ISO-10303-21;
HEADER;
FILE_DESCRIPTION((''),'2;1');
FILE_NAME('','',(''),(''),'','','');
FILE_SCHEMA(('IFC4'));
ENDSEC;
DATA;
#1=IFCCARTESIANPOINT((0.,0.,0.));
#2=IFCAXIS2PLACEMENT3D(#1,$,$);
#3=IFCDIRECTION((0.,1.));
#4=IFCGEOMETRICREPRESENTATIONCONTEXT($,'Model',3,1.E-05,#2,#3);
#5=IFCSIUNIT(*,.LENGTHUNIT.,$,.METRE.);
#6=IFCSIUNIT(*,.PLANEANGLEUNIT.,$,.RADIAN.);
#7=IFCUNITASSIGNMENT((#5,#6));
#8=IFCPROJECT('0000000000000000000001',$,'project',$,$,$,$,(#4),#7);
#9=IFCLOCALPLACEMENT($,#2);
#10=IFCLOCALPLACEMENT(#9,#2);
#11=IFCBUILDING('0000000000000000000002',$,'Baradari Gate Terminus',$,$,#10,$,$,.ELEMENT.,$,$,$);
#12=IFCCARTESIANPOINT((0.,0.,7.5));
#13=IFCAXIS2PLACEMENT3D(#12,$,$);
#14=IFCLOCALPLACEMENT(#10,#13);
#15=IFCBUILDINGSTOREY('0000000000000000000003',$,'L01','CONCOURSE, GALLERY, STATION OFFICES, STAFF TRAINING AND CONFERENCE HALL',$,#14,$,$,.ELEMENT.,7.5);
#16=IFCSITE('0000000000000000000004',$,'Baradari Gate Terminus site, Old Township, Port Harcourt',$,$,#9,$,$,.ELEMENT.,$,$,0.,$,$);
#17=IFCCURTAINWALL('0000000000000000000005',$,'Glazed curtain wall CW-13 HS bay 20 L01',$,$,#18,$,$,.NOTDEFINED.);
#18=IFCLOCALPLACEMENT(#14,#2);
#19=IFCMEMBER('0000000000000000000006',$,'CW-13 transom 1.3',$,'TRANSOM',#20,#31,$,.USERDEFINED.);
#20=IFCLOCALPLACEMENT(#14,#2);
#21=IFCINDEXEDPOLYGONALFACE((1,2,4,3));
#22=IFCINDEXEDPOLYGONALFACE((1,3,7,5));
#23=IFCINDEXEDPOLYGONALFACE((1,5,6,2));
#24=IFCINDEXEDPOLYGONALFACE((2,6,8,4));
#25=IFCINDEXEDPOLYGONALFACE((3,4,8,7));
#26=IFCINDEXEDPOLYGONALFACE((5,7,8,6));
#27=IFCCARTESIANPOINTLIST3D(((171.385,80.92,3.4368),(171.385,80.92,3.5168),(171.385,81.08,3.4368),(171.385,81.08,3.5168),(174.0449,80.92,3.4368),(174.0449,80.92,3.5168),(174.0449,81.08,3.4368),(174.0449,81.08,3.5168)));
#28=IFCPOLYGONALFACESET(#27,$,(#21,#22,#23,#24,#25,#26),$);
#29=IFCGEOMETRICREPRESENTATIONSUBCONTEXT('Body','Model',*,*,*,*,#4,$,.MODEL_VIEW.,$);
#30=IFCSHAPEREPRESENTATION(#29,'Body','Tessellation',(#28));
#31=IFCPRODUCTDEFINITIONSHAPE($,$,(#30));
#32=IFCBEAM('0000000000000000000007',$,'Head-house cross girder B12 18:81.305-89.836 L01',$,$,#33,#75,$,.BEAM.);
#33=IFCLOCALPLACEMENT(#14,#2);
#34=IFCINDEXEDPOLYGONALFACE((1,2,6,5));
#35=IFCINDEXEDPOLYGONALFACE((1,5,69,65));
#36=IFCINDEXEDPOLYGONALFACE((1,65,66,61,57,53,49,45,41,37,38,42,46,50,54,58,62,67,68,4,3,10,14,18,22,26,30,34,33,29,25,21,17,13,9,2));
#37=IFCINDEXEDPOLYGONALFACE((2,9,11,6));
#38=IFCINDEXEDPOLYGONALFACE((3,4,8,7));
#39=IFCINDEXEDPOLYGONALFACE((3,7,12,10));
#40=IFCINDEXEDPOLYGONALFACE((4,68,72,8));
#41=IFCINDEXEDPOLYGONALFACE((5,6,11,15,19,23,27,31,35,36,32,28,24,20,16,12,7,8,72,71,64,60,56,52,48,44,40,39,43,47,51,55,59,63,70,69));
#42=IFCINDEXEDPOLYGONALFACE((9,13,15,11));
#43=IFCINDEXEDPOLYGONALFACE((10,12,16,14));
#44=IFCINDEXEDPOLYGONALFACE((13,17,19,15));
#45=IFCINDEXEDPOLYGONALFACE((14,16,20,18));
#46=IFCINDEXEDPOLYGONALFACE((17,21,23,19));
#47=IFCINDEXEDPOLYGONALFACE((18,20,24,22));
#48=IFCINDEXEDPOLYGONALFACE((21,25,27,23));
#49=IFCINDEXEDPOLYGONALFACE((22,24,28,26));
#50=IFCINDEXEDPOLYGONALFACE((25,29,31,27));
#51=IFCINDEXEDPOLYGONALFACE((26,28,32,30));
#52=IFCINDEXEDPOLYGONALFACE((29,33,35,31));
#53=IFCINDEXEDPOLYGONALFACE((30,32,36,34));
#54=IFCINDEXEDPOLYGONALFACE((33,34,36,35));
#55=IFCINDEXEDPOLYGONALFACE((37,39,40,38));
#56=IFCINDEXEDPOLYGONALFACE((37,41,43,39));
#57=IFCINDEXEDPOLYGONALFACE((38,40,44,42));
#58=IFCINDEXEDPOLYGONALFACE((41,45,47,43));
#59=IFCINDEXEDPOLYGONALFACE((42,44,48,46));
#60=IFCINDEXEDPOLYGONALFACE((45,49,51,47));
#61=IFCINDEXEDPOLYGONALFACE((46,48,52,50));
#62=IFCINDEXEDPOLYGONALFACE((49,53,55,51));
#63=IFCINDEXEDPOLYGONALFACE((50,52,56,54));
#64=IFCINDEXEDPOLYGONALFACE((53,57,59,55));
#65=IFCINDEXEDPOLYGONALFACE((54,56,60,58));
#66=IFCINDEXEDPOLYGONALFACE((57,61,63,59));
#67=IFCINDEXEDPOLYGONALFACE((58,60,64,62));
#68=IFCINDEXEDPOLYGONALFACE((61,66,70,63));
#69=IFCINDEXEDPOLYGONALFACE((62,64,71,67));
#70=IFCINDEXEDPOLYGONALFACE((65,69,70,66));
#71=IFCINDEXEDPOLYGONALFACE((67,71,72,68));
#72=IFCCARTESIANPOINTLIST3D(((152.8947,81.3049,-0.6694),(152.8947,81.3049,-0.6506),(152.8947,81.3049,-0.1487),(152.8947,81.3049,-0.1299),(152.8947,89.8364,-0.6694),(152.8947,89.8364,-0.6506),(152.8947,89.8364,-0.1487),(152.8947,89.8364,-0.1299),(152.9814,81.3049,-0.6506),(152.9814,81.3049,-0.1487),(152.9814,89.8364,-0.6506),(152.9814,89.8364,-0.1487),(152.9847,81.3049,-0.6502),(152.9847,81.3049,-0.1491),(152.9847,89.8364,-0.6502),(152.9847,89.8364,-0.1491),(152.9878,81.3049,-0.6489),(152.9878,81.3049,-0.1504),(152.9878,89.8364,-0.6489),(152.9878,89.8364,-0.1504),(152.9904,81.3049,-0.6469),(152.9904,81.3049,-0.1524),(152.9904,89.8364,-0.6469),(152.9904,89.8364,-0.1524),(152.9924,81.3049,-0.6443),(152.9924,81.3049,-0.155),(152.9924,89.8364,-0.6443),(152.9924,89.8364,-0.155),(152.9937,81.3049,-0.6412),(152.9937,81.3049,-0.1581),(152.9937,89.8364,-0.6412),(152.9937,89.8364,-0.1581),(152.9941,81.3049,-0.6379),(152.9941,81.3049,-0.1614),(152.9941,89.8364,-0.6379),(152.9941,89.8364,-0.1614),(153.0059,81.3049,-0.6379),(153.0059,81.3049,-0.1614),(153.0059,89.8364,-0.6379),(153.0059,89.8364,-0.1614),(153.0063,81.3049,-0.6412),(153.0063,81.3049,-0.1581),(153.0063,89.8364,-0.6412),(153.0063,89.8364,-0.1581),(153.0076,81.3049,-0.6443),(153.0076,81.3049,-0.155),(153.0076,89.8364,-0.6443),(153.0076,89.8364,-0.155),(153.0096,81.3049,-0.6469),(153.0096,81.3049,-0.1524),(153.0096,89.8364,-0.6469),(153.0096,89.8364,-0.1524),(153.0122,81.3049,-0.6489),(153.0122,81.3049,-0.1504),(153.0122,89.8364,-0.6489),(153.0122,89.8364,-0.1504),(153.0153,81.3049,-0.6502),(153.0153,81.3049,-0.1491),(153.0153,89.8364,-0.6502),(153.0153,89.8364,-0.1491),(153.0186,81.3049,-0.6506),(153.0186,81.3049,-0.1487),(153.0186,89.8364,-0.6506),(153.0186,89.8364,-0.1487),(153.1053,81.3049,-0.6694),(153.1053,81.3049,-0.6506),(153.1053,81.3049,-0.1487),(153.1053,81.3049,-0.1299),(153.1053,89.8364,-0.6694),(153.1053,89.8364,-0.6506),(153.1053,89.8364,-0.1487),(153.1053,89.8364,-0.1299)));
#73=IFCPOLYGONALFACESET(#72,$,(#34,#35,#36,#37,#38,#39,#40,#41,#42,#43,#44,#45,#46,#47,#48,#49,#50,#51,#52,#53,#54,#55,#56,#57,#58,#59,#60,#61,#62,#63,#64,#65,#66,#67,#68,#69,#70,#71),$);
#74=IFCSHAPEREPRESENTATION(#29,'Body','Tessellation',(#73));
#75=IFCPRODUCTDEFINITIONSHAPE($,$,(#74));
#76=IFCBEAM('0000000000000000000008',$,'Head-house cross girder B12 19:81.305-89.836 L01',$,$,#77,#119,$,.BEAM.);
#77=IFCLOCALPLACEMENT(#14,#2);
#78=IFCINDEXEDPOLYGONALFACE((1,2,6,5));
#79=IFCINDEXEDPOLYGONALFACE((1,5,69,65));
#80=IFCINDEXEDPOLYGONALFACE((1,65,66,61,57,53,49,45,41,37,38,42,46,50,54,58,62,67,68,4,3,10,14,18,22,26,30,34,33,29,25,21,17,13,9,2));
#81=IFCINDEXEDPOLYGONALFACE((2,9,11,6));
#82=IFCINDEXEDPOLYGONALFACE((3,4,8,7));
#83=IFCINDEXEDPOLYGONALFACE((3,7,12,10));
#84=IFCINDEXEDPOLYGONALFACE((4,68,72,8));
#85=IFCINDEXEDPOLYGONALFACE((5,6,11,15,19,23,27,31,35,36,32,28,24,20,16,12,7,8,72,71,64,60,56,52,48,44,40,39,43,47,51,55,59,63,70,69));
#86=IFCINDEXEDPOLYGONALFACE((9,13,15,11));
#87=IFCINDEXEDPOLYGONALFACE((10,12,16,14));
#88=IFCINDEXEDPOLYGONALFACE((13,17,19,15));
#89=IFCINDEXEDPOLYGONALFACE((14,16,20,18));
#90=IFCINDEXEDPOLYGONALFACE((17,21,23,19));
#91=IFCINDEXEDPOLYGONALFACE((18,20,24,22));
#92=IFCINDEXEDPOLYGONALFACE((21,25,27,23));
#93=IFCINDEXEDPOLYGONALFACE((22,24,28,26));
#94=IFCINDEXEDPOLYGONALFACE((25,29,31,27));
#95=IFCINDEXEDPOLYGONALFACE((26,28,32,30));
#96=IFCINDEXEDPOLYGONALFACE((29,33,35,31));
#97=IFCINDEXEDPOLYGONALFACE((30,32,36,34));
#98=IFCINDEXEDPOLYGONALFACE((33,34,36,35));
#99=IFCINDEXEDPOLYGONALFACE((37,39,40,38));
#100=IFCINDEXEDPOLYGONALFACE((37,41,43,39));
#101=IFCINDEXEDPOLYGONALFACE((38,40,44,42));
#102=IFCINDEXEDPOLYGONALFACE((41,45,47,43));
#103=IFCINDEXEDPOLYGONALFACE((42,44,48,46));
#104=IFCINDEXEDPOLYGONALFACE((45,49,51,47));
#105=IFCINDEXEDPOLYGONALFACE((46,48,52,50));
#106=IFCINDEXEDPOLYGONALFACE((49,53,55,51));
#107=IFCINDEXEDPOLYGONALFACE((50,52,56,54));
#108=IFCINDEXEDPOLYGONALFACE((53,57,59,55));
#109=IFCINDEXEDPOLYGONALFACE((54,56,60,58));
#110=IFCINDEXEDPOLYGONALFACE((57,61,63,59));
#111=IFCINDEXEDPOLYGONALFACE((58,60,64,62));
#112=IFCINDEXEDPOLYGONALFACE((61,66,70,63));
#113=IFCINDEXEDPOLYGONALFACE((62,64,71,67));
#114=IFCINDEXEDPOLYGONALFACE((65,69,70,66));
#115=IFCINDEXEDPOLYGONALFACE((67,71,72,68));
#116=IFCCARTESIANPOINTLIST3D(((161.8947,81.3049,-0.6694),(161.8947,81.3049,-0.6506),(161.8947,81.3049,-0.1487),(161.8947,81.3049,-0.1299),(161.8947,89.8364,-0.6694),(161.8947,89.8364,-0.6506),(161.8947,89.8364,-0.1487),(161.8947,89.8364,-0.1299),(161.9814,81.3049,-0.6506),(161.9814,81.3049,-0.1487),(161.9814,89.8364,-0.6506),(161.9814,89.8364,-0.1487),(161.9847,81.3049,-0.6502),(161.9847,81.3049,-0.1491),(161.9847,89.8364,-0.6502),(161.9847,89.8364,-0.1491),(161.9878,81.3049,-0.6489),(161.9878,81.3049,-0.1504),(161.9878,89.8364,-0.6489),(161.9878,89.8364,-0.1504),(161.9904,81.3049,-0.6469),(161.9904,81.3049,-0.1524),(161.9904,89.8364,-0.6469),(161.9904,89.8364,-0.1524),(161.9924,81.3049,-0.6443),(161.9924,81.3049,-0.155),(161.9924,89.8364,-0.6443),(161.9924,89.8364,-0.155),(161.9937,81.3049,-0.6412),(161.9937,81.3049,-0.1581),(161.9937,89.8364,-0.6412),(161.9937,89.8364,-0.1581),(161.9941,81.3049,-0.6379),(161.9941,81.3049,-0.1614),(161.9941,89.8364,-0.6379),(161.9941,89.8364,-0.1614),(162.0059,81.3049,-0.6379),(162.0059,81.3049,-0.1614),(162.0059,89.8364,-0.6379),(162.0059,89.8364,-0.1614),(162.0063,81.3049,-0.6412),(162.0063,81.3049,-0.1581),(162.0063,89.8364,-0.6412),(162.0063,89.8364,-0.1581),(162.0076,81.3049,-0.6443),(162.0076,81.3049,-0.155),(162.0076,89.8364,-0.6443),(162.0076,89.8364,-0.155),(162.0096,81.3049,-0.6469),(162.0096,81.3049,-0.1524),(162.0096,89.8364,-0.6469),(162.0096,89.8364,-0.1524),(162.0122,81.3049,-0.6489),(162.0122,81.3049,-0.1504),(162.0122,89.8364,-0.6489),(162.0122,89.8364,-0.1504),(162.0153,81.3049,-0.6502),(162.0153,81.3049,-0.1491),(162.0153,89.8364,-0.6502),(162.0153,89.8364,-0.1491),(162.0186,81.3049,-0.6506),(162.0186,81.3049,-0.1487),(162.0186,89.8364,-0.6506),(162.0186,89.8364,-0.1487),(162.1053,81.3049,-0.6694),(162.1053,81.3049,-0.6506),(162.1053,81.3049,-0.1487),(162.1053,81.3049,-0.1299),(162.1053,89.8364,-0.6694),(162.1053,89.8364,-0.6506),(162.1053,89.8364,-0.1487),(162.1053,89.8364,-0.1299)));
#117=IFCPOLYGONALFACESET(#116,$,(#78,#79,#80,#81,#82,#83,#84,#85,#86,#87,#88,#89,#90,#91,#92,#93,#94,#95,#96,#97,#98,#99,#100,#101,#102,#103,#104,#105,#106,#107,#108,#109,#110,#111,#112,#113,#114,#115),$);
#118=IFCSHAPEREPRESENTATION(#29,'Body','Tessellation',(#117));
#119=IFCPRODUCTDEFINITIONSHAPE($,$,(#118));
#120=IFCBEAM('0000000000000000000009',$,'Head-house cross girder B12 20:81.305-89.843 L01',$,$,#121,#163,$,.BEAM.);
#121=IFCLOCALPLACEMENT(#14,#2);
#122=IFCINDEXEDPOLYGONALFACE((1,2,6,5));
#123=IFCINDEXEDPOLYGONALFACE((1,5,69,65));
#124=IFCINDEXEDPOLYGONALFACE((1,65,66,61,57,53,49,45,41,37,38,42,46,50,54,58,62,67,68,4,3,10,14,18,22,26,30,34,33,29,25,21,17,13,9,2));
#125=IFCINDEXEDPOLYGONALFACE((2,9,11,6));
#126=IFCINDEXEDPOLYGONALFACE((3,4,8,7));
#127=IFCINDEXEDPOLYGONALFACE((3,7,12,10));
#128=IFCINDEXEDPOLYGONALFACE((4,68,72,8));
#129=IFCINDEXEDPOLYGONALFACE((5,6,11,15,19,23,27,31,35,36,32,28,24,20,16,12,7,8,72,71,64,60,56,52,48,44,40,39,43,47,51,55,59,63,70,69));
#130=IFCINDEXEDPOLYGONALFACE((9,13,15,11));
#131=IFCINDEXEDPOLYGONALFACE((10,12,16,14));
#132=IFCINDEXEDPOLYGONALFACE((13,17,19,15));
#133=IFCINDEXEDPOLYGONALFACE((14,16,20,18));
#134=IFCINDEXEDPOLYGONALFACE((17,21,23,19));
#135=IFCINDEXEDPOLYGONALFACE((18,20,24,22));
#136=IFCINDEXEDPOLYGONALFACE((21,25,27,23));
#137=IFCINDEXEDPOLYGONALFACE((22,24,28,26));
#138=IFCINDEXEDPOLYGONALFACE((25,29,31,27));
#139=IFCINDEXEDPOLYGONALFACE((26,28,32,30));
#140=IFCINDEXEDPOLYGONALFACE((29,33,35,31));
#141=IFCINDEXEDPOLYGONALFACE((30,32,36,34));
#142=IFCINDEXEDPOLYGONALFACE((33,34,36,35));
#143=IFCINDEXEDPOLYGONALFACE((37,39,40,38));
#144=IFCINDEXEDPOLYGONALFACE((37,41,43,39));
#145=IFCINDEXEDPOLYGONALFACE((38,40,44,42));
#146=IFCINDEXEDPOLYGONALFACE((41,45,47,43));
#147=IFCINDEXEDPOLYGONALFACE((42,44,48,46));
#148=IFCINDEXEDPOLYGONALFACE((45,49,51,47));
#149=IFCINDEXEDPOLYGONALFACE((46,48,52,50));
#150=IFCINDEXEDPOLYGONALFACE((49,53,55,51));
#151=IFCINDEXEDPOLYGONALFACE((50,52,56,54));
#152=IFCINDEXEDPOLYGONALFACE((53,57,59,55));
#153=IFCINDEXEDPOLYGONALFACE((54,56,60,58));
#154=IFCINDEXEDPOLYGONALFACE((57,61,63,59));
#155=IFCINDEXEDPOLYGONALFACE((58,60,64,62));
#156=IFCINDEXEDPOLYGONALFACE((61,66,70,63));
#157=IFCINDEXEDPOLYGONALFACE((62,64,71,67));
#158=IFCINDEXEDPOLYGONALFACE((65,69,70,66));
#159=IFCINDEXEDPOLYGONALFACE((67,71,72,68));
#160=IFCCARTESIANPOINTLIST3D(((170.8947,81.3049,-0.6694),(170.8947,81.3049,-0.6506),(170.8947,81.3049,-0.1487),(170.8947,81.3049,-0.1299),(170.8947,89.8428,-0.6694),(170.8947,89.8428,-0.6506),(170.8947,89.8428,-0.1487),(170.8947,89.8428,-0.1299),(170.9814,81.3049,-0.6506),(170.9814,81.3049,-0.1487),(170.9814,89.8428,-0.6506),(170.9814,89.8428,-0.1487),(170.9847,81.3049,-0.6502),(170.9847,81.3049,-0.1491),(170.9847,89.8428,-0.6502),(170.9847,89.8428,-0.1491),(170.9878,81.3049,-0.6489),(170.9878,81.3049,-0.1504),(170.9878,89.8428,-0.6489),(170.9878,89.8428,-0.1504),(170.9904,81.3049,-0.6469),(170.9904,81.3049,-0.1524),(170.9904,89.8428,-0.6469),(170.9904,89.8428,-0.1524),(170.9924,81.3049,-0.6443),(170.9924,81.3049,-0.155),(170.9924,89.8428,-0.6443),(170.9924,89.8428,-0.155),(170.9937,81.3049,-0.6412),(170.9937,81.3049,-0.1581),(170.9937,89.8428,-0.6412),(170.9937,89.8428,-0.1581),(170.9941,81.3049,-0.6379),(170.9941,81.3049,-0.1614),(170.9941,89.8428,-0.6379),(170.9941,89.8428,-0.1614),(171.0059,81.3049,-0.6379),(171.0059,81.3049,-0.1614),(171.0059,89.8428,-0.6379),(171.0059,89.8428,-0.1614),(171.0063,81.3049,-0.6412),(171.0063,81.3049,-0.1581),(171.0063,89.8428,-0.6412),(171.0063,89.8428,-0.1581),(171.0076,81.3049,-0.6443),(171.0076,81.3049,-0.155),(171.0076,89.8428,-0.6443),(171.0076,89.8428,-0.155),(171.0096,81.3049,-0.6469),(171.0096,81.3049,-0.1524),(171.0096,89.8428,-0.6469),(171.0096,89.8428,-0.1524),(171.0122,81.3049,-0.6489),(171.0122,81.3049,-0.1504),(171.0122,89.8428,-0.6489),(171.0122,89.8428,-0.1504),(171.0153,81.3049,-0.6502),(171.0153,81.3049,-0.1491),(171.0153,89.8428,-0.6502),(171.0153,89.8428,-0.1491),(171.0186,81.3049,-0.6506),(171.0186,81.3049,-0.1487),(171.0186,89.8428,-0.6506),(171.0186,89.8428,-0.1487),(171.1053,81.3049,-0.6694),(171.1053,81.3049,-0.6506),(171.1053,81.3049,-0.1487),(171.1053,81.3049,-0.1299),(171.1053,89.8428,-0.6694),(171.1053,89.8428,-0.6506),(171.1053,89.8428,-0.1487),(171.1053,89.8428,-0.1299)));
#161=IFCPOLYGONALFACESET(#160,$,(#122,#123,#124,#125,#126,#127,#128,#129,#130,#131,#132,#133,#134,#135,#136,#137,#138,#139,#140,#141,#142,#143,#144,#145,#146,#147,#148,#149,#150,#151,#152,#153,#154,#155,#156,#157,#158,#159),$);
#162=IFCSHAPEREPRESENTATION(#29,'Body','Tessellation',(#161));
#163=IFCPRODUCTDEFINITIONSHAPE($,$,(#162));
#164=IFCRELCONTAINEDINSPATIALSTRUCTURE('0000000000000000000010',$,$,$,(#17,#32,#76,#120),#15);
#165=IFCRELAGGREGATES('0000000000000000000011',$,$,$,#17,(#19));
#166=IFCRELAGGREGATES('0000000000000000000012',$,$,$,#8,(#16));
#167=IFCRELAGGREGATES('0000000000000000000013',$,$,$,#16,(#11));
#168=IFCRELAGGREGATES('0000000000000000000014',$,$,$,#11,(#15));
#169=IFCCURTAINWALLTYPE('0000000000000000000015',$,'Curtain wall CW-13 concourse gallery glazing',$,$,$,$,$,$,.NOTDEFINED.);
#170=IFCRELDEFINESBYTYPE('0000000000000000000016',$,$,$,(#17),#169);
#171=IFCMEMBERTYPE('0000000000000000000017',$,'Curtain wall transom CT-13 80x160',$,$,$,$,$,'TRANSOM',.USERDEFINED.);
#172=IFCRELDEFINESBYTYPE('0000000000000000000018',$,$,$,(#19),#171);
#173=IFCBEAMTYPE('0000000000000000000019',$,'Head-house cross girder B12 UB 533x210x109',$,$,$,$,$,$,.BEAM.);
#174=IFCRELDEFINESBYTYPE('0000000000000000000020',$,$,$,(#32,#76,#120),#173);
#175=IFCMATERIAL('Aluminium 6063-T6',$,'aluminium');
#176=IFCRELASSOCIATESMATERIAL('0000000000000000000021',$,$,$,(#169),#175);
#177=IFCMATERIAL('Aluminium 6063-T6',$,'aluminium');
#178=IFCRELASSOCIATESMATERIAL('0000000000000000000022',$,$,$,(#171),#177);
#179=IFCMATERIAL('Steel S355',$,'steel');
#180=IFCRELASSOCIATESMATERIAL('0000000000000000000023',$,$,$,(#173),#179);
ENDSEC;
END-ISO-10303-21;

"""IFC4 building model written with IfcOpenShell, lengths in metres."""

from ifc_helpers import new_model, si_unit, direction, frame, origin, origin_2d, place, context, subcontext, project, spatial, rectangle, i_section, extrude, material, material_profile, profile_set, type_object, element, aggregate, save


model = new_model("IFC4")

# Units and contexts
model_context = context("Model", 3, precision=1e-05, world=origin(), true_north=direction((0.0, 1.0)))
body_context = subcontext(model_context, "Body", "Model", "MODEL_VIEW")
ifc_project = project(units=[si_unit("LENGTHUNIT", "METRE"), si_unit("PLANEANGLEUNIT", "RADIAN")], contexts=[model_context])

# Site, building, storey
site_placement = place(None, origin())
site = spatial("IfcSite", under=ifc_project, at=site_placement, Name="Baradari Gate Terminus site, Old Township, Port Harcourt", CompositionType="ELEMENT", RefElevation=0.0)
building_placement = place(site_placement, origin())
building = spatial("IfcBuilding", under=site, at=building_placement, Name="Baradari Gate Terminus", CompositionType="ELEMENT")
storey_placement = place(building_placement, frame((0.0, 0.0, 7.5)))
storey = spatial("IfcBuildingStorey", under=building, at=storey_placement, Name="L01", Description="CONCOURSE, GALLERY, STATION OFFICES, STAFF TRAINING AND CONFERENCE HALL", CompositionType="ELEMENT", Elevation=7.5)

# Curtain wall, member
ifc_material_1 = material(Name="Aluminium 6063-T6", Category="aluminium")
curtain_wall_type = type_object("IfcCurtainWallType", Name="Curtain wall CW-13 concourse gallery glazing", PredefinedType="NOTDEFINED", material=ifc_material_1)
curtain_wall_placement = place(storey_placement, origin())
curtain_wall = element("IfcCurtainWall", 1, at=curtain_wall_placement, inside=storey, type_object=curtain_wall_type, Name="Glazed curtain wall CW-13 HS bay 20 L01", PredefinedType="NOTDEFINED")
ifc_material_2 = material(Name="Aluminium 6063-T6", Category="aluminium")
ifc_material_profile_1 = material_profile(ifc_material_2, rectangle(XDim=0.1599, YDim=0.0801, at=origin_2d()), Name="CT-13 80X160")
ifc_profile_set_1 = profile_set([ifc_material_profile_1], Name="Aluminium 6063-T6")
member_type_1 = type_object("IfcMemberType", Name="Curtain wall transom CT-13 80x160", ElementType="TRANSOM", PredefinedType="USERDEFINED", material=ifc_profile_set_1)
member_1_placement = place(storey_placement, frame((171.385, 81.0, 3.4768), z_axis=(1.0, 0.0, 0.0), x_axis=(0.0, 1.0, 0.0)))
member_1 = element("IfcMember", 2, at=member_1_placement, type_object=member_type_1, Name="CW-13 transom 1.3", ObjectType="TRANSOM", PredefinedType="USERDEFINED", context=body_context, shape_type="SweptSolid", body=[
    extrude(rectangle(XDim=0.1599, YDim=0.0801, at=origin_2d()), origin(), (0.0, 0.0, 1.0), 2.6599),
])

# Beams
ifc_material_3 = material(Name="Steel S355", Category="steel")
ifc_material_profile_2 = material_profile(ifc_material_3, i_section(OverallWidth=0.2107, OverallDepth=0.5396, WebThickness=0.0117, FlangeThickness=0.0188, FilletRadius=0.0127, at=origin_2d()), Name="UB 533x210x109")
ifc_profile_set_2 = profile_set([ifc_material_profile_2], Name="Steel S355")
beam_type_1 = type_object("IfcBeamType", Name="Head-house cross girder B12 UB 533x210x109", PredefinedType="BEAM", material=ifc_profile_set_2)
for number, where, z_axis, x_axis, name in (
    (3, (153.0, 81.3049, -0.3997), (0.0, 1.0, 0.0), (-1.0, 0.0, 0.0), "Head-house cross girder B12 18:81.305-89.836 L01"),
    (4, (162.0, 81.3049, -0.3997), (0.0, 1.0, 0.0), (-1.0, 0.0, 0.0), "Head-house cross girder B12 19:81.305-89.836 L01"),
):
    element("IfcBeam", number, at=place(storey_placement, frame(where, z_axis=z_axis, x_axis=x_axis)), inside=storey, type_object=beam_type_1, Name=name, PredefinedType="BEAM", context=body_context, shape_type="SweptSolid", body=[
        extrude(i_section(OverallWidth=0.2107, OverallDepth=0.5396, WebThickness=0.0117, FlangeThickness=0.0188, FilletRadius=0.0127, at=origin_2d()), origin(), (0.0, 0.0, 1.0), 8.5315),
    ])
beam_1_placement = place(storey_placement, frame((171.0, 81.3049, -0.3997), z_axis=(0.0, 1.0, 0.0), x_axis=(-1.0, 0.0, 0.0)))
element("IfcBeam", 5, at=beam_1_placement, inside=storey, type_object=beam_type_1, Name="Head-house cross girder B12 20:81.305-89.843 L01", PredefinedType="BEAM", context=body_context, shape_type="SweptSolid", body=[
    extrude(i_section(OverallWidth=0.2107, OverallDepth=0.5396, WebThickness=0.0117, FlangeThickness=0.0188, FilletRadius=0.0127, at=origin_2d()), origin(), (0.0, 0.0, 1.0), 8.5378),
])

aggregate(curtain_wall, [member_1])

save(model, "model.ifc")
